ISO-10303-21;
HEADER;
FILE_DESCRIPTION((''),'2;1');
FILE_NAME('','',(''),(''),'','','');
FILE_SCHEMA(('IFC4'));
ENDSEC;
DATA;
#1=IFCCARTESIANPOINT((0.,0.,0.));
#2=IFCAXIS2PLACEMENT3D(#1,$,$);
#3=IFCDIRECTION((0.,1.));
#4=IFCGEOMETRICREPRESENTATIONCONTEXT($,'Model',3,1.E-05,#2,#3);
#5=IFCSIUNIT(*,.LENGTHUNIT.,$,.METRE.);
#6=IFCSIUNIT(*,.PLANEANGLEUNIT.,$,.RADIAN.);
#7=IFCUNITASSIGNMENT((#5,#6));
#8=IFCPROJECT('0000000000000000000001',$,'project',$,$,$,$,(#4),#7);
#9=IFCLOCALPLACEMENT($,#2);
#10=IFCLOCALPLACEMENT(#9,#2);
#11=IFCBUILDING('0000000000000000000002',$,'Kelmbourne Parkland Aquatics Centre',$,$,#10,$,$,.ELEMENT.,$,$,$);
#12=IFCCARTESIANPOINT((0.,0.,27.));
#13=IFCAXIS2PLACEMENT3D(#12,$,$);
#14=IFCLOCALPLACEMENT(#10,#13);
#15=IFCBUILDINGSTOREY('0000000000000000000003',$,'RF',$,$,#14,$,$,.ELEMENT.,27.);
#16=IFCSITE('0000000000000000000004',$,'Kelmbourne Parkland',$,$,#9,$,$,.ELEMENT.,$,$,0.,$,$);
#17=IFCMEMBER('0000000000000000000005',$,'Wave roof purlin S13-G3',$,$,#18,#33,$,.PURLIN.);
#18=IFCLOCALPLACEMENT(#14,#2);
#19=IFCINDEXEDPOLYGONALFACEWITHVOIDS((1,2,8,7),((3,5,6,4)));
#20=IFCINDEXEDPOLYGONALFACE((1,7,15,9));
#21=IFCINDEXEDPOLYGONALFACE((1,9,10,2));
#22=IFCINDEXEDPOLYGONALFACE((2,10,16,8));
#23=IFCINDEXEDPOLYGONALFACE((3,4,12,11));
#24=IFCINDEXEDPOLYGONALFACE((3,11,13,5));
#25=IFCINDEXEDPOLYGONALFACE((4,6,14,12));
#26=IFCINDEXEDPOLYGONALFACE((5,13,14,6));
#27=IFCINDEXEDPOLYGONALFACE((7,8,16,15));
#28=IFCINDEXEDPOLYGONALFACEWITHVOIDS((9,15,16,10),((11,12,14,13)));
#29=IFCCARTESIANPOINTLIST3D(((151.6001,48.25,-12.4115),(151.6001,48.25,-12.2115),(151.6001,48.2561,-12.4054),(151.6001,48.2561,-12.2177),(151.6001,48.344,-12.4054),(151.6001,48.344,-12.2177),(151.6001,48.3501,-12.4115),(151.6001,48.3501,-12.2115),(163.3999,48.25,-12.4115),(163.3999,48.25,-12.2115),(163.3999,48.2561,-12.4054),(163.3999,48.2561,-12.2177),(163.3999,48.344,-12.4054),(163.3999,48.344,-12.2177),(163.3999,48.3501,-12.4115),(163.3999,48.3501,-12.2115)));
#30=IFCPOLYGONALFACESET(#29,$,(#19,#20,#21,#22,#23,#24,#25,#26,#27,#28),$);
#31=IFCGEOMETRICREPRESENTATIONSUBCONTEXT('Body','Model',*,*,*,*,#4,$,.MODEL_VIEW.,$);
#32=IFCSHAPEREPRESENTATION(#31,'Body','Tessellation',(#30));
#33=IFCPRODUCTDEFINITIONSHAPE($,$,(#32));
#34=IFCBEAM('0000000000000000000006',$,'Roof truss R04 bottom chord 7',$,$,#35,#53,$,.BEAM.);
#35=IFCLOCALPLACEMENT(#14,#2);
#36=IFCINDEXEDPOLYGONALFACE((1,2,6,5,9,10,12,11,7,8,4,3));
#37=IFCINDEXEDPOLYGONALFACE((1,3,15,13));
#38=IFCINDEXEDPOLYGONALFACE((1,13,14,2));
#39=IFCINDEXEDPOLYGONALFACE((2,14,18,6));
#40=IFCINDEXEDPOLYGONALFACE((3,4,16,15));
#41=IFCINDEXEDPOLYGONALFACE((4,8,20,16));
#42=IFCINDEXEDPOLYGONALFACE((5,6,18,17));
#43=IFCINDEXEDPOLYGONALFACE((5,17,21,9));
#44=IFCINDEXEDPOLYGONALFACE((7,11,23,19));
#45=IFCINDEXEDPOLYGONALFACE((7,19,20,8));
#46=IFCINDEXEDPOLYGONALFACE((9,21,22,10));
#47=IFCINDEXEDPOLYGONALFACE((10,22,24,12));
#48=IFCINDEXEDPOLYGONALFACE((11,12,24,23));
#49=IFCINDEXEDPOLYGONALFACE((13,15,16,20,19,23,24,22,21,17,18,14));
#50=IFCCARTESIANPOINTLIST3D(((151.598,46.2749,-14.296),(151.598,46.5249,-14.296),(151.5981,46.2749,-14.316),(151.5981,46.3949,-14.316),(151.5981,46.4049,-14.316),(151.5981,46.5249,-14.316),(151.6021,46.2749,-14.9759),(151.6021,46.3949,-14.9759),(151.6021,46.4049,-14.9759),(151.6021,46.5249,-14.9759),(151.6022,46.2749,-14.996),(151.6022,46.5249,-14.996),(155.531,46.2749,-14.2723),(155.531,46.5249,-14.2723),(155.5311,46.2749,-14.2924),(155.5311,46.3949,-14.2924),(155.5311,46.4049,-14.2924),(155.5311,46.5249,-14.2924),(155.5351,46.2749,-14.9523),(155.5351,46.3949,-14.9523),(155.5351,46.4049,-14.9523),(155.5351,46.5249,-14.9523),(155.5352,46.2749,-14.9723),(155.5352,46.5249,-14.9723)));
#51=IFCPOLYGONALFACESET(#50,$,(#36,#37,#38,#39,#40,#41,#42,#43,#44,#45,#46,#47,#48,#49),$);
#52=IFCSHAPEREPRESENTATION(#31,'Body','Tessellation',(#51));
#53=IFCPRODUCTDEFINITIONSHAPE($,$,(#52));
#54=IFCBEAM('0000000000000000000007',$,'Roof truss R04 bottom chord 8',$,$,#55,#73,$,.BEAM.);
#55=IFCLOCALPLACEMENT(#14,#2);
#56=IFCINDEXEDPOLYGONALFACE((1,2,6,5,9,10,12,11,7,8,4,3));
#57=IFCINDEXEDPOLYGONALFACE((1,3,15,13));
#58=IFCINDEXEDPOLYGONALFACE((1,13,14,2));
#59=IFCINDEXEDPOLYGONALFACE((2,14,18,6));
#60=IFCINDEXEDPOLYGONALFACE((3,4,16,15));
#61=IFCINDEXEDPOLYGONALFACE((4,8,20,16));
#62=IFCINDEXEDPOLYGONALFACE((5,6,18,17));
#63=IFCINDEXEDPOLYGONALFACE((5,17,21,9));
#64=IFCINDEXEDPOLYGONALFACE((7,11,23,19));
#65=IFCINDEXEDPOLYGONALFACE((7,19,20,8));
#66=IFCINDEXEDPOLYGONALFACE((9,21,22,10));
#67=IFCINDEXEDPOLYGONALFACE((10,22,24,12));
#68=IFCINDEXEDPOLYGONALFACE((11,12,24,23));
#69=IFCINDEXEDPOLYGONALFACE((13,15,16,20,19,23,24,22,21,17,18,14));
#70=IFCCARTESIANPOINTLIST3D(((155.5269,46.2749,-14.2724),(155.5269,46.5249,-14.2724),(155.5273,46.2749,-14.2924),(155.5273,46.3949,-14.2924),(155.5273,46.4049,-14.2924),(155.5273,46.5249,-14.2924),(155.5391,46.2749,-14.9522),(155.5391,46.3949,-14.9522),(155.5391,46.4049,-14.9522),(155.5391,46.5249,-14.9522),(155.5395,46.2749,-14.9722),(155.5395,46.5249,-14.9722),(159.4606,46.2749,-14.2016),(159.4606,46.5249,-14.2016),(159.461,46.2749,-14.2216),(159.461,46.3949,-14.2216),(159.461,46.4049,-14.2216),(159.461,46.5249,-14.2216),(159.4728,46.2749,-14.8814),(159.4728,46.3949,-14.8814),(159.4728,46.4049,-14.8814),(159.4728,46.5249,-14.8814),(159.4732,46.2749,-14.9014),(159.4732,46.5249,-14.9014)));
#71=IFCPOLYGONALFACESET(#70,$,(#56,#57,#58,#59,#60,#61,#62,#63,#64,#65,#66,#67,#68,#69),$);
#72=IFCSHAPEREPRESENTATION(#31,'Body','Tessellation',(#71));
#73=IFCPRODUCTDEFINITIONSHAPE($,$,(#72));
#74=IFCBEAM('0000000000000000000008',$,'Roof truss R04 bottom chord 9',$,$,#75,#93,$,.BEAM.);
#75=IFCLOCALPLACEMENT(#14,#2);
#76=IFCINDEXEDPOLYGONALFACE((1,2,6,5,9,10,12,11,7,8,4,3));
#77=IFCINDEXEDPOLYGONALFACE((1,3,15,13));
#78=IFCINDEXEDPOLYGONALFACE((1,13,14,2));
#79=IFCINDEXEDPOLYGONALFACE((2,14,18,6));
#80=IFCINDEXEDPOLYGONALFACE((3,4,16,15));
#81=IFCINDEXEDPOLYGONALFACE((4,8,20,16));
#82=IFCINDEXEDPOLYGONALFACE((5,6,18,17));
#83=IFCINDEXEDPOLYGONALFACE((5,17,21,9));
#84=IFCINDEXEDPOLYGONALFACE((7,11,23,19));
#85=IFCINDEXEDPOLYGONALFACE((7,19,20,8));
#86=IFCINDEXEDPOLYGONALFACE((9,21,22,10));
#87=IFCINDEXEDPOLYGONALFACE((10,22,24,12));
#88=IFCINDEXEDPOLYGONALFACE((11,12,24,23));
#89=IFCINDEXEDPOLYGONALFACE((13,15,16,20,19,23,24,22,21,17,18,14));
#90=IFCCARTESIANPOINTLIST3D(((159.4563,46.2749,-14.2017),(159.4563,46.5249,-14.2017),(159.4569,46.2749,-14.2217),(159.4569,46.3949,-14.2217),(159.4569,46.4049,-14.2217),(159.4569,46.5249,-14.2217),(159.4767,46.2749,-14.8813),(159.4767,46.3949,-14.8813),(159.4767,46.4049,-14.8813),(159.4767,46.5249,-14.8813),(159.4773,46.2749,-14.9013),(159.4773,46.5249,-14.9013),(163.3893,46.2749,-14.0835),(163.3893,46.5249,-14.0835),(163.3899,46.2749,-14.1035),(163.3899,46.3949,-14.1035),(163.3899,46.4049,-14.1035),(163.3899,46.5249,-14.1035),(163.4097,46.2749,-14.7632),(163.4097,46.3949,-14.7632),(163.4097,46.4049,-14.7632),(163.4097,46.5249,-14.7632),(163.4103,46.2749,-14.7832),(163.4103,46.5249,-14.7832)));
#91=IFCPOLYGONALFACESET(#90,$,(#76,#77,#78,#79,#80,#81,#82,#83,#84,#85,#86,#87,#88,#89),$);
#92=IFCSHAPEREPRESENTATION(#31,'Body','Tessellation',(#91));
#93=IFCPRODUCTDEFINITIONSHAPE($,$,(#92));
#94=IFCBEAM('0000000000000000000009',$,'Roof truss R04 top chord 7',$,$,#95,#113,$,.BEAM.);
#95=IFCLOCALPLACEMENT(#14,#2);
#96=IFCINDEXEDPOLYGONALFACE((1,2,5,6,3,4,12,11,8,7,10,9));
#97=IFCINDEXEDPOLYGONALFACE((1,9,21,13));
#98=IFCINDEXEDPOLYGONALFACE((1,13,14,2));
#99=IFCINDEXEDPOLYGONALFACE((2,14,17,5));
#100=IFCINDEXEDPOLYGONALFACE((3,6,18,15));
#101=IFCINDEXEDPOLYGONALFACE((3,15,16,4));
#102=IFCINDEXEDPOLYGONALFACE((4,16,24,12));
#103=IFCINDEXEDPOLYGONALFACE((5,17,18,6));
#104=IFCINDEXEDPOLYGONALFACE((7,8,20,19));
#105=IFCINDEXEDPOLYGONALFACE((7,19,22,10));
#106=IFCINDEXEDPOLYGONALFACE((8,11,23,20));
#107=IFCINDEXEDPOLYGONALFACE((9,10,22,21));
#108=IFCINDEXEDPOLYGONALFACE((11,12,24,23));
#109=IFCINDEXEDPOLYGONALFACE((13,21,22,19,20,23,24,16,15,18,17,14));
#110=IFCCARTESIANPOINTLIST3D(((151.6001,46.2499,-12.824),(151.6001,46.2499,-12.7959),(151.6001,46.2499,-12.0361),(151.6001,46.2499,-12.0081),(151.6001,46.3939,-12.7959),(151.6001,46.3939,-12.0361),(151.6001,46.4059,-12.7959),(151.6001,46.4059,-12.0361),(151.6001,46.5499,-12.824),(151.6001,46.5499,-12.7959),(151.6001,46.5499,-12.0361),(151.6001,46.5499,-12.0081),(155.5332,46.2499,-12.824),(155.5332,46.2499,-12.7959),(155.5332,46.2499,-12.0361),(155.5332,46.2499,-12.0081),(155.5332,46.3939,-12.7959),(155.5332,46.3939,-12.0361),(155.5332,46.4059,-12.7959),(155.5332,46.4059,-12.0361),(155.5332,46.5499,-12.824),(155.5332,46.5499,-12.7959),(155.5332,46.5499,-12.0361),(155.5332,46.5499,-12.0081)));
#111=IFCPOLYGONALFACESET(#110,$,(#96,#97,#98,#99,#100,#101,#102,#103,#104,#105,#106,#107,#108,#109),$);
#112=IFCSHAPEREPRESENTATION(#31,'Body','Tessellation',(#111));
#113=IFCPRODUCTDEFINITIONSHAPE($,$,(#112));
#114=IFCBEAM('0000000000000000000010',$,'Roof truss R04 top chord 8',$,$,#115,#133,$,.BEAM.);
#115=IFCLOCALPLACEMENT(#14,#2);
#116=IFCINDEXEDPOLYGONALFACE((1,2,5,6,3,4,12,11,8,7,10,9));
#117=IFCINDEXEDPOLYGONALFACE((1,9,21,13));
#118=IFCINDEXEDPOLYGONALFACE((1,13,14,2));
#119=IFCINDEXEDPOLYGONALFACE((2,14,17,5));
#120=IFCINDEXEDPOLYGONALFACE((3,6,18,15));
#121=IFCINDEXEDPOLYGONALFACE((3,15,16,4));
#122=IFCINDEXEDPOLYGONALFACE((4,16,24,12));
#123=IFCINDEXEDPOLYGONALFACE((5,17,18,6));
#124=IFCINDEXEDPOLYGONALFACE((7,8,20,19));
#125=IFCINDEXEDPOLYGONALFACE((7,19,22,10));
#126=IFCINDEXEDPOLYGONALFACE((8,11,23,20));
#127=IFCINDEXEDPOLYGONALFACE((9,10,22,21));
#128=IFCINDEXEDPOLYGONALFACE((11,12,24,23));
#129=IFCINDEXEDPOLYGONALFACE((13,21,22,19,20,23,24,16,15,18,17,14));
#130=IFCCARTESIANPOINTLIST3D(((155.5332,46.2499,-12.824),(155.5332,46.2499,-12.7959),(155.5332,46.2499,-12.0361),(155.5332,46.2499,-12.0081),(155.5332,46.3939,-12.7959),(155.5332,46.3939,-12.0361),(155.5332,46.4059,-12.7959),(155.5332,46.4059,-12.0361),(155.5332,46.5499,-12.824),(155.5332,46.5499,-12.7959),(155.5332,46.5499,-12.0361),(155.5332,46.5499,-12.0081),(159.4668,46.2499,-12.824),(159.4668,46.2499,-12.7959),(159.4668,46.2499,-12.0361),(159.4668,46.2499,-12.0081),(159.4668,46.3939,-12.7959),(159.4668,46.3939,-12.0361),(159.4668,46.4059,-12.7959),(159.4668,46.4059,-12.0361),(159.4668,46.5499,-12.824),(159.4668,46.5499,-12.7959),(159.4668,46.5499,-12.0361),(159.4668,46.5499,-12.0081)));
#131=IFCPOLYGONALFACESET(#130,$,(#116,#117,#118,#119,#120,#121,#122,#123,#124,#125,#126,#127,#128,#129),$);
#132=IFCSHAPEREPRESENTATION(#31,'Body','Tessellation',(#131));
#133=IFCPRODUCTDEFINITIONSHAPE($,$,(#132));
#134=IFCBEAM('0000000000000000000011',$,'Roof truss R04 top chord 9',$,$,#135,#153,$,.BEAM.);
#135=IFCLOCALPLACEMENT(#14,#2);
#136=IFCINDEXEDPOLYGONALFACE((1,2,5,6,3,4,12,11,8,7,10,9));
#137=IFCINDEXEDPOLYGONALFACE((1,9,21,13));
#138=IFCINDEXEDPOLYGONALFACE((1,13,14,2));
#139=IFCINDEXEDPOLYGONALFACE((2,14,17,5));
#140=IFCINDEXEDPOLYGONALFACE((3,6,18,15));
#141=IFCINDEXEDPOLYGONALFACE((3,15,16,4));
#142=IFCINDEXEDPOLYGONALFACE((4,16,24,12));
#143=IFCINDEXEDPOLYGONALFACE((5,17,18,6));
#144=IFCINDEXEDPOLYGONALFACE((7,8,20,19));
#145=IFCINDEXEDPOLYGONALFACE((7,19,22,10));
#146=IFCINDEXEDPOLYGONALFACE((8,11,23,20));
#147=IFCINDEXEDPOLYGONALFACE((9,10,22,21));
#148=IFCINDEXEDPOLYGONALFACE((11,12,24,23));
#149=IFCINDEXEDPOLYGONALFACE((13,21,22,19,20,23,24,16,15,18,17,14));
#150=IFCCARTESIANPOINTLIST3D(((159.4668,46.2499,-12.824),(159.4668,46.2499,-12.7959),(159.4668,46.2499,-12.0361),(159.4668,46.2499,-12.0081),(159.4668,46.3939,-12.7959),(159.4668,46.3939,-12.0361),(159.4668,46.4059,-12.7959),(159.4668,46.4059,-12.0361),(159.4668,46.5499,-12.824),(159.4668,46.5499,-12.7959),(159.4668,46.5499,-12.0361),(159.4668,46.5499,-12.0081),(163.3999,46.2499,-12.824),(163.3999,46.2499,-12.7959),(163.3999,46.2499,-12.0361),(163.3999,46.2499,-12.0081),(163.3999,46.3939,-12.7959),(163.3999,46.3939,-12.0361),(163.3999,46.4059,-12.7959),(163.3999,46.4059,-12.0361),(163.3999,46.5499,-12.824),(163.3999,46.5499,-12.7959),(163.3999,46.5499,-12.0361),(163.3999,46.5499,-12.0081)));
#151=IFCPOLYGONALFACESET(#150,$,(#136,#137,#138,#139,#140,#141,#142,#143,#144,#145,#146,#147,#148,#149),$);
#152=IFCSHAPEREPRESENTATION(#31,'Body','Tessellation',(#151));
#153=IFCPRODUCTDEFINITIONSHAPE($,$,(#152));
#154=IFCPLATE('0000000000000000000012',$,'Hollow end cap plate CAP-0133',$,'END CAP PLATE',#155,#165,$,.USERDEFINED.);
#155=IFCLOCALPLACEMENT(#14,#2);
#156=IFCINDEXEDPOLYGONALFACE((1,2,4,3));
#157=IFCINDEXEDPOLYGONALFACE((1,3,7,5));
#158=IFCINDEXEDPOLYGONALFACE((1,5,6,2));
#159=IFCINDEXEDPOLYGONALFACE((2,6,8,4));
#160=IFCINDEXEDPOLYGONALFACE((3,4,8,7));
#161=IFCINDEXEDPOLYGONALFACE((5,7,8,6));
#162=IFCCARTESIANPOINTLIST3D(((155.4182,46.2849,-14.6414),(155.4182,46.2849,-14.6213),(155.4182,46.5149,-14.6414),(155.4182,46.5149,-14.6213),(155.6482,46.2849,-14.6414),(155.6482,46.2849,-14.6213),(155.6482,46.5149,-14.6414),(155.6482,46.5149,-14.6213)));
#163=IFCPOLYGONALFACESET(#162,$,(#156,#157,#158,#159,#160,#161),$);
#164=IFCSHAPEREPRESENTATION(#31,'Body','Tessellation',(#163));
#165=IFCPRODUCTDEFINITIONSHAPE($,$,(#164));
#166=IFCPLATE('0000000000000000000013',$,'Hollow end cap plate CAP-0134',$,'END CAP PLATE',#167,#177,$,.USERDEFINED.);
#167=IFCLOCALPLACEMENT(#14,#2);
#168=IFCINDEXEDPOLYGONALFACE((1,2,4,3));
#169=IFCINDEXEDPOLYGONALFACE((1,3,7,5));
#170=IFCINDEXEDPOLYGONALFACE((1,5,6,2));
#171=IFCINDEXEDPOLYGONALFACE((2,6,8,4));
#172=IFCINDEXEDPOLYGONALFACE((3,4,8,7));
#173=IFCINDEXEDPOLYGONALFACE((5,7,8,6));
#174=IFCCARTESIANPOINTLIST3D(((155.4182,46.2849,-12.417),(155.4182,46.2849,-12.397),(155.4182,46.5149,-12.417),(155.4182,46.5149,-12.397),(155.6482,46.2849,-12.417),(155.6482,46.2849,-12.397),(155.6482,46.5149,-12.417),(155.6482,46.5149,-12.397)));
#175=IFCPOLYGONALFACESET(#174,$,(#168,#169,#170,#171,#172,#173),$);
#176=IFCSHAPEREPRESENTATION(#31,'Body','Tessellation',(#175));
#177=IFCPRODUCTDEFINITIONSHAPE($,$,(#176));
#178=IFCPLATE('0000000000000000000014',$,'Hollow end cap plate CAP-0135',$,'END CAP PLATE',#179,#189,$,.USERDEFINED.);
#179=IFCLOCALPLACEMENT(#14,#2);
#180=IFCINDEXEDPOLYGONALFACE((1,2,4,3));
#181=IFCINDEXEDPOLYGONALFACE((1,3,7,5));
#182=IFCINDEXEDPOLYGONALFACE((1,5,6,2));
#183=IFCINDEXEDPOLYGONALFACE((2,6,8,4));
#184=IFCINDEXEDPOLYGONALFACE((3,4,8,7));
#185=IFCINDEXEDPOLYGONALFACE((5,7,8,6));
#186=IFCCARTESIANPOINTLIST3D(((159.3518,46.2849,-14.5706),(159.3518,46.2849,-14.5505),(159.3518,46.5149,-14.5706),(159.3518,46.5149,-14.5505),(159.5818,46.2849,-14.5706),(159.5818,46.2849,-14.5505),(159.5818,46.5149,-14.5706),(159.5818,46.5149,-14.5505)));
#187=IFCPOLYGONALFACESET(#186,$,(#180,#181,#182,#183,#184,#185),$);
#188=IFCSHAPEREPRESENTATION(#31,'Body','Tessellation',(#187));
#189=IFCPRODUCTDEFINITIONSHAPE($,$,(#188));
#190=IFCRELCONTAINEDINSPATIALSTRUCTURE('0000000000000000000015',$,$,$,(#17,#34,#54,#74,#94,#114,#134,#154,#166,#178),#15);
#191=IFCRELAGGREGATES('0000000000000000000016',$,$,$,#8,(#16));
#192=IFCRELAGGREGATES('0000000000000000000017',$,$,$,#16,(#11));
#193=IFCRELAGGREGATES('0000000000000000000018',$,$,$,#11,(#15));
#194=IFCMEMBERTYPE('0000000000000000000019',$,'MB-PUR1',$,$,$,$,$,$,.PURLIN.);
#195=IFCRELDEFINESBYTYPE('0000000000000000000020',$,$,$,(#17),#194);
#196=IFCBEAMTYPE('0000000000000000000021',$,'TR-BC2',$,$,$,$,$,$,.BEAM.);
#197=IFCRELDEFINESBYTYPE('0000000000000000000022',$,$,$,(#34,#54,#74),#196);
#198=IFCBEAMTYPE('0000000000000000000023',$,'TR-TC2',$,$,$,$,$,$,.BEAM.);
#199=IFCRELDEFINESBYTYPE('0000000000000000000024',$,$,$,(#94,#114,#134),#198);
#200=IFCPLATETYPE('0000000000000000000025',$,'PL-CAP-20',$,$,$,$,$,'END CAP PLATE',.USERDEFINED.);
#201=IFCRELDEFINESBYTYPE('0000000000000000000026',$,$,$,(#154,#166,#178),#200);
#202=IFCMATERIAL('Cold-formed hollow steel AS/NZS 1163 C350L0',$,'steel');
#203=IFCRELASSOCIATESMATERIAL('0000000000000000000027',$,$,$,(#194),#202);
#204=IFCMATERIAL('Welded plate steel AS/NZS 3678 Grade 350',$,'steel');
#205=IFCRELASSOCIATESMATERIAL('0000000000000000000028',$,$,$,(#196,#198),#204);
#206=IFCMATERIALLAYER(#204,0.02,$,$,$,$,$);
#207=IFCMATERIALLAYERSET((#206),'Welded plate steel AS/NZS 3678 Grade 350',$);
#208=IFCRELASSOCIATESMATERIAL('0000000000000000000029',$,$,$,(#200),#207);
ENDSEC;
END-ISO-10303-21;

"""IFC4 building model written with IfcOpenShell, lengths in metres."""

from ifc_helpers import new_model, si_unit, direction, frame, origin, origin_2d, place, context, subcontext, project, spatial, rectangle, hollow_rectangle, i_section, extrude, material, layer, layer_set, material_profile, profile_set, type_object, element, save


model = new_model("IFC4")

# Units and contexts
model_context = context("Model", 3, precision=1e-05, world=origin(), true_north=direction((0.0, 1.0)))
body_context = subcontext(model_context, "Body", "Model", "MODEL_VIEW")
ifc_project = project(units=[si_unit("LENGTHUNIT", "METRE"), si_unit("PLANEANGLEUNIT", "RADIAN")], contexts=[model_context])

# Site, building, storey
site_placement = place(None, origin())
site = spatial("IfcSite", under=ifc_project, at=site_placement, Name="Kelmbourne Parkland", CompositionType="ELEMENT", RefElevation=0.0)
building_placement = place(site_placement, origin())
building = spatial("IfcBuilding", under=site, at=building_placement, Name="Kelmbourne Parkland Aquatics Centre", CompositionType="ELEMENT")
storey_placement = place(building_placement, frame((0.0, 0.0, 27.0)))
storey = spatial("IfcBuildingStorey", under=building, at=storey_placement, Name="RF", CompositionType="ELEMENT", Elevation=27.0)

# Member
ifc_material_1 = material(Name="Cold-formed hollow steel AS/NZS 1163 C350L0", Category="steel")
ifc_material_profile_1 = material_profile(ifc_material_1, hollow_rectangle(XDim=0.1001, YDim=0.2, WallThickness=0.0061, at=origin_2d()), Name="RHS 200x100x6.0")
ifc_profile_set_1 = profile_set([ifc_material_profile_1], Name="Cold-formed hollow steel AS/NZS 1163 C350L0")
member_type_1 = type_object("IfcMemberType", Name="MB-PUR1", PredefinedType="PURLIN", material=ifc_profile_set_1)
member_1_placement = place(storey_placement, frame((151.6001, 48.3, -12.3115), z_axis=(1.0, 0.0, 0.0), x_axis=(0.0, 1.0, 0.0)))
element("IfcMember", 1, at=member_1_placement, inside=storey, type_object=member_type_1, Name="Wave roof purlin S13-G3", PredefinedType="PURLIN", context=body_context, shape_type="SweptSolid", body=[
    extrude(hollow_rectangle(XDim=0.1001, YDim=0.2, WallThickness=0.0061, at=origin_2d()), origin(), (0.0, 0.0, 1.0), 11.7998),
])

# Beams
ifc_material_2 = material(Name="Welded plate steel AS/NZS 3678 Grade 350", Category="steel")
ifc_material_profile_2 = material_profile(ifc_material_2, i_section(OverallWidth=0.25, OverallDepth=0.7, WebThickness=0.01, FlangeThickness=0.02, at=origin_2d()), Name="700WB130")
ifc_profile_set_2 = profile_set([ifc_material_profile_2], Name="Welded plate steel AS/NZS 3678 Grade 350")
beam_type_1 = type_object("IfcBeamType", Name="TR-BC2", PredefinedType="BEAM", material=ifc_profile_set_2)
beam_1_placement = place(storey_placement, frame((151.6001, 46.3999, -14.646), z_axis=(0.999982, 0.0, 0.006021), x_axis=(0.0, 1.0, 0.0)))
element("IfcBeam", 2, at=beam_1_placement, inside=storey, type_object=beam_type_1, Name="Roof truss R04 bottom chord 7", PredefinedType="BEAM", context=body_context, shape_type="SweptSolid", body=[
    extrude(i_section(OverallWidth=0.25, OverallDepth=0.7, WebThickness=0.01, FlangeThickness=0.02, at=origin_2d()), origin(), (0.0, 0.0, 1.0), 3.9331),
])
beam_2_placement = place(storey_placement, frame((155.5332, 46.3999, -14.6223), z_axis=(0.999838, 0.0, 0.017996), x_axis=(0.0, 1.0, 0.0)))
element("IfcBeam", 3, at=beam_2_placement, inside=storey, type_object=beam_type_1, Name="Roof truss R04 bottom chord 8", PredefinedType="BEAM", context=body_context, shape_type="SweptSolid", body=[
    extrude(i_section(OverallWidth=0.25, OverallDepth=0.7, WebThickness=0.01, FlangeThickness=0.02, at=origin_2d()), origin(), (0.0, 0.0, 1.0), 3.9343),
])
beam_3_placement = place(storey_placement, frame((159.4668, 46.3999, -14.5515), z_axis=(0.999549, 0.0, 0.03003), x_axis=(0.0, 1.0, 0.0)))
element("IfcBeam", 4, at=beam_3_placement, inside=storey, type_object=beam_type_1, Name="Roof truss R04 bottom chord 9", PredefinedType="BEAM", context=body_context, shape_type="SweptSolid", body=[
    extrude(i_section(OverallWidth=0.25, OverallDepth=0.7, WebThickness=0.01, FlangeThickness=0.02, at=origin_2d()), origin(), (0.0, 0.0, 1.0), 3.9348),
])
ifc_material_profile_3 = material_profile(ifc_material_2, i_section(OverallWidth=0.3, OverallDepth=0.8159, WebThickness=0.012, FlangeThickness=0.0281, at=origin_2d()), Name="800WB192")
ifc_profile_set_3 = profile_set([ifc_material_profile_3], Name="Welded plate steel AS/NZS 3678 Grade 350")
beam_type_2 = type_object("IfcBeamType", Name="TR-TC2", PredefinedType="BEAM", material=ifc_profile_set_3)
beam_4_placement = place(storey_placement, frame((151.6001, 46.3999, -12.416), z_axis=(1.0, 0.0, 0.0), x_axis=(0.0, 1.0, 0.0)))
element("IfcBeam", 5, at=beam_4_placement, inside=storey, type_object=beam_type_2, Name="Roof truss R04 top chord 7", PredefinedType="BEAM", context=body_context, shape_type="SweptSolid", body=[
    extrude(i_section(OverallWidth=0.3, OverallDepth=0.8159, WebThickness=0.012, FlangeThickness=0.0281, at=origin_2d()), origin(), (0.0, 0.0, 1.0), 3.9331),
])
beam_5_placement = place(storey_placement, frame((155.5332, 46.3999, -12.416), z_axis=(1.0, 0.0, 0.0), x_axis=(0.0, 1.0, 0.0)))
element("IfcBeam", 6, at=beam_5_placement, inside=storey, type_object=beam_type_2, Name="Roof truss R04 top chord 8", PredefinedType="BEAM", context=body_context, shape_type="SweptSolid", body=[
    extrude(i_section(OverallWidth=0.3, OverallDepth=0.8159, WebThickness=0.012, FlangeThickness=0.0281, at=origin_2d()), origin(), (0.0, 0.0, 1.0), 3.9336),
])
beam_6_placement = place(storey_placement, frame((159.4668, 46.3999, -12.416), z_axis=(1.0, 0.0, 0.0), x_axis=(0.0, 1.0, 0.0)))
element("IfcBeam", 7, at=beam_6_placement, inside=storey, type_object=beam_type_2, Name="Roof truss R04 top chord 9", PredefinedType="BEAM", context=body_context, shape_type="SweptSolid", body=[
    extrude(i_section(OverallWidth=0.3, OverallDepth=0.8159, WebThickness=0.012, FlangeThickness=0.0281, at=origin_2d()), origin(), (0.0, 0.0, 1.0), 3.9331),
])

# Plates
ifc_layer_1 = layer(ifc_material_2, 0.02)
ifc_layer_set_1 = layer_set([ifc_layer_1], Name="Welded plate steel AS/NZS 3678 Grade 350")
plate_type_1 = type_object("IfcPlateType", Name="PL-CAP-20", ElementType="END CAP PLATE", PredefinedType="USERDEFINED", material=ifc_layer_set_1)
for number, where, z_axis, x_axis, name in (
    (8, (155.5332, 46.3999, -14.6414), (0.0, 0.0, 1.0), (1.0, 0.0, 0.0), "Hollow end cap plate CAP-0133"),
    (9, (155.5332, 46.3999, -12.417), (0.0, 0.0, 1.0), (1.0, 0.0, 0.0), "Hollow end cap plate CAP-0134"),
    (10, (159.4668, 46.3999, -14.5706), (0.0, 0.0, 1.0), (1.0, 0.0, 0.0), "Hollow end cap plate CAP-0135"),
):
    element("IfcPlate", number, at=place(storey_placement, frame(where, z_axis=z_axis, x_axis=x_axis)), inside=storey, type_object=plate_type_1, Name=name, ObjectType="END CAP PLATE", PredefinedType="USERDEFINED", context=body_context, shape_type="SweptSolid", body=[
        extrude(rectangle(XDim=0.23, YDim=0.23, at=origin_2d()), origin(), (0.0, 0.0, 1.0), 0.02),
    ])

save(model, "model.ifc")
